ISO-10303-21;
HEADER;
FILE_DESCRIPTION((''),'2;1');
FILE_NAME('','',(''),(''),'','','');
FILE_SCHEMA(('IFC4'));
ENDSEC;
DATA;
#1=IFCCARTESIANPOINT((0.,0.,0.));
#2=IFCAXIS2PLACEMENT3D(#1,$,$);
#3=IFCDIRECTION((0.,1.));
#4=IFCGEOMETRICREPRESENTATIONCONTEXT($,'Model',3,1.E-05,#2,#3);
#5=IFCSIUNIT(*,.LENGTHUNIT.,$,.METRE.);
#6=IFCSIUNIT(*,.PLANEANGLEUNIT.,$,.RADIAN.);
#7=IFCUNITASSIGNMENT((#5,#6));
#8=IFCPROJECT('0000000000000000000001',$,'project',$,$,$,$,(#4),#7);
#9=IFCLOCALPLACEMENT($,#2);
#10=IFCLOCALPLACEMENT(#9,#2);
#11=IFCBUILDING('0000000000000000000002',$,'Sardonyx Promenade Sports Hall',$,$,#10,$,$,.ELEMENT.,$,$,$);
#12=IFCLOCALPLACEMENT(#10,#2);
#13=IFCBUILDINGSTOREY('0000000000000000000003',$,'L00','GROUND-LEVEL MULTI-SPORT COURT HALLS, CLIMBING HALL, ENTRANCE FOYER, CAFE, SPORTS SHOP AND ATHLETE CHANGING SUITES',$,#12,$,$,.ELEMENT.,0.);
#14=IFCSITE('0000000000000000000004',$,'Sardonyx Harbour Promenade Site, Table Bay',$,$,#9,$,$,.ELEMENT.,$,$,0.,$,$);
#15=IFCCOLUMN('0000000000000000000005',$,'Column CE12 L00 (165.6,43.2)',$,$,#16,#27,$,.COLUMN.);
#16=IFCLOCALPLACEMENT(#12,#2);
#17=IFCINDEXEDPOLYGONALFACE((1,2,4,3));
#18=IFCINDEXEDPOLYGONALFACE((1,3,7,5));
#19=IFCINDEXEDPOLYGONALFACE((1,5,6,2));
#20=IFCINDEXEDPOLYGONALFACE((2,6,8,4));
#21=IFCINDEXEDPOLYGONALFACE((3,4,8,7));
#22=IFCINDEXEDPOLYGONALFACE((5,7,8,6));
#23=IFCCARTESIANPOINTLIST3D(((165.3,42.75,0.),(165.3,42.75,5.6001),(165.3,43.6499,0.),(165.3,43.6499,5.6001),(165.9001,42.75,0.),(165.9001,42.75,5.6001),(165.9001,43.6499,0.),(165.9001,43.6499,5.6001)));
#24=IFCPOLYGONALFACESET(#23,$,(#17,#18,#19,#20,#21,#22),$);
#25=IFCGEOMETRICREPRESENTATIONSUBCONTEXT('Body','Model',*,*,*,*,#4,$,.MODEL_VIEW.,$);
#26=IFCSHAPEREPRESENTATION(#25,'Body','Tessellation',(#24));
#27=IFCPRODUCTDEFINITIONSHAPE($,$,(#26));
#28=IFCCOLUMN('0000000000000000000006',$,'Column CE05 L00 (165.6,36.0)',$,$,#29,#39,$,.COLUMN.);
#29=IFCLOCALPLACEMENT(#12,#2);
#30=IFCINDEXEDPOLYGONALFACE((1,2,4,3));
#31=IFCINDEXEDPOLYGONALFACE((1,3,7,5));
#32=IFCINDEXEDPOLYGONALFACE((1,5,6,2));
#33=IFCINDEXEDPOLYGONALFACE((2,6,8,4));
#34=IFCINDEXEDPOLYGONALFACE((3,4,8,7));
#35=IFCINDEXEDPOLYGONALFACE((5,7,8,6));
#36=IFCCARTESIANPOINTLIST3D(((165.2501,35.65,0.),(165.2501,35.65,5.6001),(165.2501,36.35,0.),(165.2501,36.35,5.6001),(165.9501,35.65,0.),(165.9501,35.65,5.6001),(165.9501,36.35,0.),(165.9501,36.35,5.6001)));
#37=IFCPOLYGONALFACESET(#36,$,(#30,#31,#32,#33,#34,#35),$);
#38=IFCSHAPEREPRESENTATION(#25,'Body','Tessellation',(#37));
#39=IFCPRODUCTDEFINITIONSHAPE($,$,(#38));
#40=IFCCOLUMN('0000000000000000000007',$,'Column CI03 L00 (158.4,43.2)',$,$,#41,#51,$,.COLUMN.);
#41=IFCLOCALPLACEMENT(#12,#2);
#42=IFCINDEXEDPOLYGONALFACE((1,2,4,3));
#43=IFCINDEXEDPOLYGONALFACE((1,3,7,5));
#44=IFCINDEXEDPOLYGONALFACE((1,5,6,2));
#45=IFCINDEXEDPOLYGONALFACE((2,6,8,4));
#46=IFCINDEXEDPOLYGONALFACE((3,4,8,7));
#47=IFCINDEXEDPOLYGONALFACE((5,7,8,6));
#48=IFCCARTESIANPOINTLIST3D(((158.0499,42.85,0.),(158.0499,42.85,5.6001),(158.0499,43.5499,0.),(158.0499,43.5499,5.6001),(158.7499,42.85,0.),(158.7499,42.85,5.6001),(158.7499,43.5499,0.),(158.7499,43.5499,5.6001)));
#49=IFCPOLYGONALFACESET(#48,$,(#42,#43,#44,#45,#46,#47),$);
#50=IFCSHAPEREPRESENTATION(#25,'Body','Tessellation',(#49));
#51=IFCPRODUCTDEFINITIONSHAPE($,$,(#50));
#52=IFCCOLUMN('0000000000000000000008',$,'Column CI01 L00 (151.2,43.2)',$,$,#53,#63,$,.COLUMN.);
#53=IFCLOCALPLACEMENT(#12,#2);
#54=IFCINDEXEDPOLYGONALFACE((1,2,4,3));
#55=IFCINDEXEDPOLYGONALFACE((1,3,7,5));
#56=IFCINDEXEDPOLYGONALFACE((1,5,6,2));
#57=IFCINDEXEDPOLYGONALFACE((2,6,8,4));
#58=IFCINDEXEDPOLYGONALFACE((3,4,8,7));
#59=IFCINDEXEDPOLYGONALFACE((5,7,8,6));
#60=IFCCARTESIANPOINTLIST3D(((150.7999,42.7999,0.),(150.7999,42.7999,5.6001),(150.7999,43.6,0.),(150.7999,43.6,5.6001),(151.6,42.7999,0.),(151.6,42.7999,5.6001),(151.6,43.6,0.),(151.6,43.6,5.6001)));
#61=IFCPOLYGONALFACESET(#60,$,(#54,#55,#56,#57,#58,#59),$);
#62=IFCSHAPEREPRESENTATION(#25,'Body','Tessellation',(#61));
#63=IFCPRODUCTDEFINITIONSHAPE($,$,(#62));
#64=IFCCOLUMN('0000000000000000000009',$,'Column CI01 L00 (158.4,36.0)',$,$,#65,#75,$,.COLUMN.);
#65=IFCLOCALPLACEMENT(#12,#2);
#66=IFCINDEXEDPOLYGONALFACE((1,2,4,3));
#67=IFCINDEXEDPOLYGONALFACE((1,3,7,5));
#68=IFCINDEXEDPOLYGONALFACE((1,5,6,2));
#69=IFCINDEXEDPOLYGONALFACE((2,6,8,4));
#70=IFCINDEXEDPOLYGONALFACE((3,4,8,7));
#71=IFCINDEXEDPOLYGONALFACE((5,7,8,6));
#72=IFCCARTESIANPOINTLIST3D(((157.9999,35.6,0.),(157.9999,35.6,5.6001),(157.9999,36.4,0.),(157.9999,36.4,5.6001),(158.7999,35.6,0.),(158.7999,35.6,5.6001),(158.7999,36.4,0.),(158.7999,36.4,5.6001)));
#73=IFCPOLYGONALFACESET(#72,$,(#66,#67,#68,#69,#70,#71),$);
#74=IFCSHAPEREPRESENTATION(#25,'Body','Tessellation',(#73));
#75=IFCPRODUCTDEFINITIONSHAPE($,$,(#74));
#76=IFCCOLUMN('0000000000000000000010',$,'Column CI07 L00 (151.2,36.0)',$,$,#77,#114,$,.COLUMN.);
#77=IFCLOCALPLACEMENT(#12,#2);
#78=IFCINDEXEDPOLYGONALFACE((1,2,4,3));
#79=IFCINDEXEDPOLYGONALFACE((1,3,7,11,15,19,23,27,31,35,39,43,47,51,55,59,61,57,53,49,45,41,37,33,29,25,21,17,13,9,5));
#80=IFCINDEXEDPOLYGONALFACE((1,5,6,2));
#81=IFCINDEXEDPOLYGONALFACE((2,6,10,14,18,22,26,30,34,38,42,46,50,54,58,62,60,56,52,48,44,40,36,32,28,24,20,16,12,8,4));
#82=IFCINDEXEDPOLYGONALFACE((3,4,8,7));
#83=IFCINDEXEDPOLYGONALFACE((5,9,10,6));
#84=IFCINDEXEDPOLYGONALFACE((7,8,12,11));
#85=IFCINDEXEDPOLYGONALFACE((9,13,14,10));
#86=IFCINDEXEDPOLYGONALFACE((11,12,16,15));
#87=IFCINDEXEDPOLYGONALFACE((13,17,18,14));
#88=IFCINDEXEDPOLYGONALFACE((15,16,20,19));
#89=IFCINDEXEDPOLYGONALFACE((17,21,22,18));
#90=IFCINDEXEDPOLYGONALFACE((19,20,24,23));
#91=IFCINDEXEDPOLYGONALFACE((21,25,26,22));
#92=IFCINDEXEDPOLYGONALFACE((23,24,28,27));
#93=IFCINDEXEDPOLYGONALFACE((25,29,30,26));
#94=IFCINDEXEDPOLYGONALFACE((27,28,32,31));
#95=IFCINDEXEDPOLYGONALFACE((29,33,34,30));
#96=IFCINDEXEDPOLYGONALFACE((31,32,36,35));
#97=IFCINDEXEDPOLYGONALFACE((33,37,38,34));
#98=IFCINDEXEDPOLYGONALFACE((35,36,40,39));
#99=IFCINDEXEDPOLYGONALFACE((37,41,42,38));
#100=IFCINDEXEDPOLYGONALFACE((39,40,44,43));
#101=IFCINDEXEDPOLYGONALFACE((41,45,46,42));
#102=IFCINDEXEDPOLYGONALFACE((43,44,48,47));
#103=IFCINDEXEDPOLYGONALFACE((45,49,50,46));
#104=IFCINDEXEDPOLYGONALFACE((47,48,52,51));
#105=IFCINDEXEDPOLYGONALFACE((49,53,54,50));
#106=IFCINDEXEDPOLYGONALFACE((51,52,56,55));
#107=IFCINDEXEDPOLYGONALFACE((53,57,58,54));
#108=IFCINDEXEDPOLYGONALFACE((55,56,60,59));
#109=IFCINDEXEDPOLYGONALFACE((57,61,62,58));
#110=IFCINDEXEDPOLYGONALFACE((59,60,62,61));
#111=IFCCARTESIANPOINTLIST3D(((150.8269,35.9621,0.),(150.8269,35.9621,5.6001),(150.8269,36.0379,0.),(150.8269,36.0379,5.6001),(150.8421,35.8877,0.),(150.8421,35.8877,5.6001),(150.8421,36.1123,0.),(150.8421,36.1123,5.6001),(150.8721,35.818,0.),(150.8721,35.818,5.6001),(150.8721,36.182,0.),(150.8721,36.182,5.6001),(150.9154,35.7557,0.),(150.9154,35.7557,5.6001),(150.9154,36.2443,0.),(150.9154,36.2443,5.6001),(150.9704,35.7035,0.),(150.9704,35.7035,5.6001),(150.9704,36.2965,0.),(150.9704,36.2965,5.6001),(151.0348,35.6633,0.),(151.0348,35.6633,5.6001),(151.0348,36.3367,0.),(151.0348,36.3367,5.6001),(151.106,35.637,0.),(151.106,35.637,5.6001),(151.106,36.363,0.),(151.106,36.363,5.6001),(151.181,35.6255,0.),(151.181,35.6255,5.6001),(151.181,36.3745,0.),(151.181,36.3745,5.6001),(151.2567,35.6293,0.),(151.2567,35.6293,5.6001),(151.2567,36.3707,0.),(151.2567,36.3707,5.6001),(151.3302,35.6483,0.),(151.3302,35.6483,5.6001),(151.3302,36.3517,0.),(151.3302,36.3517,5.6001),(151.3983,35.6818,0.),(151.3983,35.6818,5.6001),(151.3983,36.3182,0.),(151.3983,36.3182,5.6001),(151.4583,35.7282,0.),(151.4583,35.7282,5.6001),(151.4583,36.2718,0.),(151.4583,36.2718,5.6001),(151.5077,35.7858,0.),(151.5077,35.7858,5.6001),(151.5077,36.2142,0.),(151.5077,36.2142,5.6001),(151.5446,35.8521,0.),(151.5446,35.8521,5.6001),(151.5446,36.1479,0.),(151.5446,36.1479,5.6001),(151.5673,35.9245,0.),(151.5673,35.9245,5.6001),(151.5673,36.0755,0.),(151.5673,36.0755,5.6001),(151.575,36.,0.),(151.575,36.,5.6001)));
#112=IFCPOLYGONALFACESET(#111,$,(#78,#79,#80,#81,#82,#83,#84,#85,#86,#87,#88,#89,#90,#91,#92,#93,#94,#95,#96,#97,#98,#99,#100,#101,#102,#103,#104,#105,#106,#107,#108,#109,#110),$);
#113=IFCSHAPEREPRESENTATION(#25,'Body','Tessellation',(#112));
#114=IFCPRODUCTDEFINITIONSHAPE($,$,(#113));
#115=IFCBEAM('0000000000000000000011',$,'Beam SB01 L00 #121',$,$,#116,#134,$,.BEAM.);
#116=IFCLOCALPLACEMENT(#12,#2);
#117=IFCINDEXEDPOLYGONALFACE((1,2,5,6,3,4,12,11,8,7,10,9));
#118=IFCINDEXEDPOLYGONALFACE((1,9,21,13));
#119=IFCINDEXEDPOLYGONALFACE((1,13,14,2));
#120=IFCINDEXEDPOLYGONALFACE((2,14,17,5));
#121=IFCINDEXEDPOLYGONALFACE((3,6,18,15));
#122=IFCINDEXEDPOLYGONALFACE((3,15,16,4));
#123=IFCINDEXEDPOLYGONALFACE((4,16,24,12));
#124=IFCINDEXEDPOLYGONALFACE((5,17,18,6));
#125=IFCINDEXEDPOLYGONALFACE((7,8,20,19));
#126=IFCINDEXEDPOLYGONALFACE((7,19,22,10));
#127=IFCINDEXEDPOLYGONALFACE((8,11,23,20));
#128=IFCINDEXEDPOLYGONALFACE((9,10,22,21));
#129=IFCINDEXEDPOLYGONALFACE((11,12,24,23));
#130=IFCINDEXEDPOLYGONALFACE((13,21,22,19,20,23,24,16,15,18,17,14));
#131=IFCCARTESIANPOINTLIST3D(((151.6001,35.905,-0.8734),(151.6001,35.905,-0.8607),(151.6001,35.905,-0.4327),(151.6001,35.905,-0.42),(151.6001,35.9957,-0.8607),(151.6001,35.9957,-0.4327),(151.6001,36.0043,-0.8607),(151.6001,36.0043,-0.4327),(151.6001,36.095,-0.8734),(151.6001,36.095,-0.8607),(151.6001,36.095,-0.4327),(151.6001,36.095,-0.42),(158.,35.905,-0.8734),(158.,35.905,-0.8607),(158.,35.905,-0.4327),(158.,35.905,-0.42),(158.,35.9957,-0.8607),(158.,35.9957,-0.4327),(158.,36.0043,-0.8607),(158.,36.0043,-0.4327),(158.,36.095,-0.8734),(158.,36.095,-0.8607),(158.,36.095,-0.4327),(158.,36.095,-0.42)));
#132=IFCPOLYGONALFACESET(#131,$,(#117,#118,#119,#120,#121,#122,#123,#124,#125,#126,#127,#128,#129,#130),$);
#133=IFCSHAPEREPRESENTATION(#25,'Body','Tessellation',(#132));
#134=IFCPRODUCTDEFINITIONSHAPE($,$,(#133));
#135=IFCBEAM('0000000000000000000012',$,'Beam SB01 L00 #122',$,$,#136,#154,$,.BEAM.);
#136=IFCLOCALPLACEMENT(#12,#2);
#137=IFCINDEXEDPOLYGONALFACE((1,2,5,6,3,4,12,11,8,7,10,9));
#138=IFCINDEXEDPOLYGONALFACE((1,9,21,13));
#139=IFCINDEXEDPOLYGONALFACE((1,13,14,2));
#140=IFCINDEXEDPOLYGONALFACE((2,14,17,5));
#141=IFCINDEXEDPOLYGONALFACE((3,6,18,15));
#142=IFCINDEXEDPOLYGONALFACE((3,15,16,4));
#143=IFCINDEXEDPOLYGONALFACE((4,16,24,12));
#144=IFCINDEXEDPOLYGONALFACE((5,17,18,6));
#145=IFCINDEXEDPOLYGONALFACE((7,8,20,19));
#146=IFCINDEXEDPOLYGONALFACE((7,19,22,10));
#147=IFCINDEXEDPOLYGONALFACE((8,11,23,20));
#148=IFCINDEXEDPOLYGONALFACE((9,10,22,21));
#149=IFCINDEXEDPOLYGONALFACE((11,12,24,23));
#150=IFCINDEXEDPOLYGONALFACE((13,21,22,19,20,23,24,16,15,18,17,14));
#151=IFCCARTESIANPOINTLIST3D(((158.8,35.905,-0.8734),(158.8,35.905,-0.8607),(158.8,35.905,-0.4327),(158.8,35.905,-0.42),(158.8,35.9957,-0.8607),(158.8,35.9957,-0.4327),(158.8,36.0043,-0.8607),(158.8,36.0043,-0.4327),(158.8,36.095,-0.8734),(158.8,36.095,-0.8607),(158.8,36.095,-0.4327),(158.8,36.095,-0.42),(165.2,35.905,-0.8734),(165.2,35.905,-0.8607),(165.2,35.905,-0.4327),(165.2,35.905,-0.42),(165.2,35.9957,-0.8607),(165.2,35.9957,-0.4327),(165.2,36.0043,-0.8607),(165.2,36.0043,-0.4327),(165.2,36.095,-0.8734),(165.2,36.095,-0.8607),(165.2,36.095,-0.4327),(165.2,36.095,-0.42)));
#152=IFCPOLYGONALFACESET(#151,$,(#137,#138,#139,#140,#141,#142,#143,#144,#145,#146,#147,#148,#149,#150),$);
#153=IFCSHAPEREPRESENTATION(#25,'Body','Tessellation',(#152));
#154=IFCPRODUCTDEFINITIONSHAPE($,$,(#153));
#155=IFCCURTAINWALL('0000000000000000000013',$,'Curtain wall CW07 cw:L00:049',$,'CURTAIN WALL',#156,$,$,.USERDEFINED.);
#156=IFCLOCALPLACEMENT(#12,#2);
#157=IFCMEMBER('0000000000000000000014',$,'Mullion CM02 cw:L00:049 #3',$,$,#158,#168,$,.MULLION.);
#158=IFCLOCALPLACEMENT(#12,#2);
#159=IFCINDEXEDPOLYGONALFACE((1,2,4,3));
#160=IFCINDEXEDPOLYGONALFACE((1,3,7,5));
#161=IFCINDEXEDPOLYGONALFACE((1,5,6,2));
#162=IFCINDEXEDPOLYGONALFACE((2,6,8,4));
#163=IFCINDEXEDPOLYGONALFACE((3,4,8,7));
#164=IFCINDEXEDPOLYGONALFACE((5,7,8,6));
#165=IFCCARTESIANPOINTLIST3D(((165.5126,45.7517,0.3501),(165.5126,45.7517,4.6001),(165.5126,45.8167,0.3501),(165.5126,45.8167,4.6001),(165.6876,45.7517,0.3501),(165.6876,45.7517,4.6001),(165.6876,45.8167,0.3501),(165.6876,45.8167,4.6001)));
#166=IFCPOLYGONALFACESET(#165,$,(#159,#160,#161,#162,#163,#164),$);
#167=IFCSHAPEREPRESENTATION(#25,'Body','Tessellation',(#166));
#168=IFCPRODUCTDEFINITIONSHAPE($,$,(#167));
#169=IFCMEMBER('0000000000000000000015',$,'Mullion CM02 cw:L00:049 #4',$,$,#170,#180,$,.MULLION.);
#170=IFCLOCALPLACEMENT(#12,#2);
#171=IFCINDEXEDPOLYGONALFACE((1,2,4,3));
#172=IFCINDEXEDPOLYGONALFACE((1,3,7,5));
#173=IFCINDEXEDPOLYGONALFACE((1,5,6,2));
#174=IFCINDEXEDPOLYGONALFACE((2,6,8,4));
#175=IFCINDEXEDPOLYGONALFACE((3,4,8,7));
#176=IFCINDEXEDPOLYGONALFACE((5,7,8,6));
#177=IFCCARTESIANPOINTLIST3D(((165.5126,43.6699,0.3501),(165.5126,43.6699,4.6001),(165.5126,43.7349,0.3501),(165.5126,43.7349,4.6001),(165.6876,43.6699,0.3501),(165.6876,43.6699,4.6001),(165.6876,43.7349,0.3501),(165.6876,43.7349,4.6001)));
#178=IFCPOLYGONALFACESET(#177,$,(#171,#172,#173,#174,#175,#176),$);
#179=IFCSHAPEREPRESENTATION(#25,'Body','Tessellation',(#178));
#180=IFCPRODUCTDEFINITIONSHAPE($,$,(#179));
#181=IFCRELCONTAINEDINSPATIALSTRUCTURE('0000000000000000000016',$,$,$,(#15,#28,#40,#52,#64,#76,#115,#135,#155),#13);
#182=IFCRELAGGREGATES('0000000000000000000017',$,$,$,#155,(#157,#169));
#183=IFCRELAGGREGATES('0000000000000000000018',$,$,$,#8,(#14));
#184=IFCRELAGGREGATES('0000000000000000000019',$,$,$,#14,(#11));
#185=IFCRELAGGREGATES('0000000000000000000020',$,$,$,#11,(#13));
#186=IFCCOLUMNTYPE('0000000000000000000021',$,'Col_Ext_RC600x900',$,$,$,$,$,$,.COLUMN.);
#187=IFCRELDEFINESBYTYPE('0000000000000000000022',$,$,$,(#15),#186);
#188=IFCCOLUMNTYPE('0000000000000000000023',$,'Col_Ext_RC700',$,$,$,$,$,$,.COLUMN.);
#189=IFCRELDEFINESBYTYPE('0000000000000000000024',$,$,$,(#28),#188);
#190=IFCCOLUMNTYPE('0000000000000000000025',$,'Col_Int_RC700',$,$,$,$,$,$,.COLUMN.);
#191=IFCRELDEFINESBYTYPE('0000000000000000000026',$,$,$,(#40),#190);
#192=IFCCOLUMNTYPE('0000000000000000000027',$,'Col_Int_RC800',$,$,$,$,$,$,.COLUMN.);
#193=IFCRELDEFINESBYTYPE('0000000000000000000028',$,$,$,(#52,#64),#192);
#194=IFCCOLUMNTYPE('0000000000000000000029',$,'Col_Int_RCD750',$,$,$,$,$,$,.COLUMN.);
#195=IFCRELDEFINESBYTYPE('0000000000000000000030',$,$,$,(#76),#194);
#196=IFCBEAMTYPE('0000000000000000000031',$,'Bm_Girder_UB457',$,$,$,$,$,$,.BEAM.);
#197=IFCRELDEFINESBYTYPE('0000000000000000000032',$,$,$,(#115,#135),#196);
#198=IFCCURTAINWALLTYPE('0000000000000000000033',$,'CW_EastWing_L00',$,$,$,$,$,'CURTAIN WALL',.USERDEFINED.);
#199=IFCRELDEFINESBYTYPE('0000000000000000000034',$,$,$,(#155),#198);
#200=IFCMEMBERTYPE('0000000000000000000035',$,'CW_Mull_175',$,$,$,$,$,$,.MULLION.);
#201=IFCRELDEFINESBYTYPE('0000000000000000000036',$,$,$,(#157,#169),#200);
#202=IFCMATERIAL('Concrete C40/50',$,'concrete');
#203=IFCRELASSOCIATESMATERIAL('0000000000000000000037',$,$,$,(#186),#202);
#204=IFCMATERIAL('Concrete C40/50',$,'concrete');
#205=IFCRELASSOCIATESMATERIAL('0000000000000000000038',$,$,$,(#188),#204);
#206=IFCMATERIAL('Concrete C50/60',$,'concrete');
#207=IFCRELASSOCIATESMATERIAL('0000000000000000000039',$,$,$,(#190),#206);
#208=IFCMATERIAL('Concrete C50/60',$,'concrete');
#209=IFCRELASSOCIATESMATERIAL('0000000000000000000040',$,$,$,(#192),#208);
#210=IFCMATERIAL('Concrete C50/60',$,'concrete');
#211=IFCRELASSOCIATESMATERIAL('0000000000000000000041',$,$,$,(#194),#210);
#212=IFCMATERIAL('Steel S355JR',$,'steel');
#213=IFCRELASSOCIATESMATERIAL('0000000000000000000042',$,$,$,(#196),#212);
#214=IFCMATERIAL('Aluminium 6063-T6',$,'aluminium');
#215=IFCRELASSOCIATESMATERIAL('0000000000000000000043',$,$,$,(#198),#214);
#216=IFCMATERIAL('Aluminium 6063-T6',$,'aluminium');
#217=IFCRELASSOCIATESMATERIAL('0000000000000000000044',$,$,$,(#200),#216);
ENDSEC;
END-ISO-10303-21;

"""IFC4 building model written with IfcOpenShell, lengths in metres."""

from ifc_helpers import new_model, si_unit, direction, frame, origin, origin_2d, place, context, subcontext, project, spatial, rectangle, circle, i_section, extrude, material, material_profile, profile_set, type_object, element, aggregate, save


model = new_model("IFC4")

# Units and contexts
model_context = context("Model", 3, precision=1e-05, world=origin(), true_north=direction((0.0, 1.0)))
body_context = subcontext(model_context, "Body", "Model", "MODEL_VIEW")
ifc_project = project(units=[si_unit("LENGTHUNIT", "METRE"), si_unit("PLANEANGLEUNIT", "RADIAN")], contexts=[model_context])

# Site, building, storey
site_placement = place(None, origin())
site = spatial("IfcSite", under=ifc_project, at=site_placement, Name="Sardonyx Harbour Promenade Site, Table Bay", CompositionType="ELEMENT", RefElevation=0.0)
building_placement = place(site_placement, origin())
building = spatial("IfcBuilding", under=site, at=building_placement, Name="Sardonyx Promenade Sports Hall", CompositionType="ELEMENT")
storey_placement = place(building_placement, origin())
storey = spatial("IfcBuildingStorey", under=building, at=storey_placement, Name="L00", Description="GROUND-LEVEL MULTI-SPORT COURT HALLS, CLIMBING HALL, ENTRANCE FOYER, CAFE, SPORTS SHOP AND ATHLETE CHANGING SUITES", CompositionType="ELEMENT", Elevation=0.0)

# Columns
ifc_material_1 = material(Name="Concrete C40/50", Category="concrete")
ifc_material_profile_1 = material_profile(ifc_material_1, rectangle(XDim=0.6001, YDim=0.8999, at=origin_2d()))
ifc_profile_set_1 = profile_set([ifc_material_profile_1], Name="Concrete C40/50")
column_type_1 = type_object("IfcColumnType", Name="Col_Ext_RC600x900", PredefinedType="COLUMN", material=ifc_profile_set_1)
column_1_placement = place(storey_placement, frame((165.6001, 43.2, 0.0), z_axis=(0.0, 0.0, 1.0), x_axis=(1.0, 0.0, 0.0)))
element("IfcColumn", 1, at=column_1_placement, inside=storey, type_object=column_type_1, Name="Column CE12 L00 (165.6,43.2)", PredefinedType="COLUMN", context=body_context, shape_type="SweptSolid", body=[
    extrude(rectangle(XDim=0.6001, YDim=0.8999, at=origin_2d()), origin(), (0.0, 0.0, 1.0), 5.6001),
])
ifc_material_2 = material(Name="Concrete C40/50", Category="concrete")
ifc_material_profile_2 = material_profile(ifc_material_2, rectangle(XDim=0.7, YDim=0.7, at=origin_2d()))
ifc_profile_set_2 = profile_set([ifc_material_profile_2], Name="Concrete C40/50")
column_type_2 = type_object("IfcColumnType", Name="Col_Ext_RC700", PredefinedType="COLUMN", material=ifc_profile_set_2)
column_2_placement = place(storey_placement, frame((165.6001, 36.0, 0.0), z_axis=(0.0, 0.0, 1.0), x_axis=(1.0, 0.0, 0.0)))
element("IfcColumn", 2, at=column_2_placement, inside=storey, type_object=column_type_2, Name="Column CE05 L00 (165.6,36.0)", PredefinedType="COLUMN", context=body_context, shape_type="SweptSolid", body=[
    extrude(rectangle(XDim=0.7, YDim=0.7, at=origin_2d()), origin(), (0.0, 0.0, 1.0), 5.6001),
])
ifc_material_3 = material(Name="Concrete C50/60", Category="concrete")
ifc_material_profile_3 = material_profile(ifc_material_3, rectangle(XDim=0.7, YDim=0.7, at=origin_2d()))
ifc_profile_set_3 = profile_set([ifc_material_profile_3], Name="Concrete C50/60")
column_type_3 = type_object("IfcColumnType", Name="Col_Int_RC700", PredefinedType="COLUMN", material=ifc_profile_set_3)
column_3_placement = place(storey_placement, frame((158.3999, 43.2, 0.0), z_axis=(0.0, 0.0, 1.0), x_axis=(1.0, 0.0, 0.0)))
element("IfcColumn", 3, at=column_3_placement, inside=storey, type_object=column_type_3, Name="Column CI03 L00 (158.4,43.2)", PredefinedType="COLUMN", context=body_context, shape_type="SweptSolid", body=[
    extrude(rectangle(XDim=0.7, YDim=0.7, at=origin_2d()), origin(), (0.0, 0.0, 1.0), 5.6001),
])
ifc_material_4 = material(Name="Concrete C50/60", Category="concrete")
ifc_material_profile_4 = material_profile(ifc_material_4, rectangle(XDim=0.8, YDim=0.8, at=origin_2d()))
ifc_profile_set_4 = profile_set([ifc_material_profile_4], Name="Concrete C50/60")
column_type_4 = type_object("IfcColumnType", Name="Col_Int_RC800", PredefinedType="COLUMN", material=ifc_profile_set_4)
for number, where, z_axis, x_axis, name in (
    (4, (151.2, 43.2, 0.0), (0.0, 0.0, 1.0), (1.0, 0.0, 0.0), "Column CI01 L00 (151.2,43.2)"),
    (5, (158.3999, 36.0, 0.0), (0.0, 0.0, 1.0), (1.0, 0.0, 0.0), "Column CI01 L00 (158.4,36.0)"),
):
    element("IfcColumn", number, at=place(storey_placement, frame(where, z_axis=z_axis, x_axis=x_axis)), inside=storey, type_object=column_type_4, Name=name, PredefinedType="COLUMN", context=body_context, shape_type="SweptSolid", body=[
        extrude(rectangle(XDim=0.8, YDim=0.8, at=origin_2d()), origin(), (0.0, 0.0, 1.0), 5.6001),
    ])
ifc_material_5 = material(Name="Concrete C50/60", Category="concrete")
ifc_material_profile_5 = material_profile(ifc_material_5, circle(Radius=0.375, at=origin_2d()))
ifc_profile_set_5 = profile_set([ifc_material_profile_5], Name="Concrete C50/60")
column_type_5 = type_object("IfcColumnType", Name="Col_Int_RCD750", PredefinedType="COLUMN", material=ifc_profile_set_5)
column_4_placement = place(storey_placement, frame((151.2, 36.0, 0.0), z_axis=(0.0, 0.0, 1.0), x_axis=(1.0, 0.0, 0.0)))
element("IfcColumn", 6, at=column_4_placement, inside=storey, type_object=column_type_5, Name="Column CI07 L00 (151.2,36.0)", PredefinedType="COLUMN", context=body_context, shape_type="SweptSolid", body=[
    extrude(circle(Radius=0.375, at=origin_2d()), origin(), (0.0, 0.0, 1.0), 5.6001),
])

# Beams
ifc_material_6 = material(Name="Steel S355JR", Category="steel")
ifc_material_profile_6 = material_profile(ifc_material_6, i_section(OverallWidth=0.1899, OverallDepth=0.4534, WebThickness=0.0085, FlangeThickness=0.0127, at=origin_2d()))
ifc_profile_set_6 = profile_set([ifc_material_profile_6], Name="Steel S355JR")
beam_type = type_object("IfcBeamType", Name="Bm_Girder_UB457", PredefinedType="BEAM", material=ifc_profile_set_6)
for number, where, z_axis, x_axis, name in (
    (7, (151.6001, 36.0, -0.6467), (1.0, 0.0, 0.0), (0.0, 1.0, 0.0), "Beam SB01 L00 #121"),
    (8, (158.8, 36.0, -0.6467), (1.0, 0.0, 0.0), (0.0, 1.0, 0.0), "Beam SB01 L00 #122"),
):
    element("IfcBeam", number, at=place(storey_placement, frame(where, z_axis=z_axis, x_axis=x_axis)), inside=storey, type_object=beam_type, Name=name, PredefinedType="BEAM", context=body_context, shape_type="SweptSolid", body=[
        extrude(i_section(OverallWidth=0.1899, OverallDepth=0.4534, WebThickness=0.0085, FlangeThickness=0.0127, at=origin_2d()), origin(), (0.0, 0.0, 1.0), 6.3999),
    ])

# Curtain wall, members
ifc_material_7 = material(Name="Aluminium 6063-T6", Category="aluminium")
curtain_wall_type = type_object("IfcCurtainWallType", Name="CW_EastWing_L00", ElementType="CURTAIN WALL", PredefinedType="USERDEFINED", material=ifc_material_7)
curtain_wall_1_placement = place(storey_placement, origin())
curtain_wall_1 = element("IfcCurtainWall", 9, at=curtain_wall_1_placement, inside=storey, type_object=curtain_wall_type, Name="Curtain wall CW07 cw:L00:049", ObjectType="CURTAIN WALL", PredefinedType="USERDEFINED")
ifc_material_8 = material(Name="Aluminium 6063-T6", Category="aluminium")
ifc_material_profile_7 = material_profile(ifc_material_8, rectangle(XDim=0.0649, YDim=0.175, at=origin_2d()))
ifc_profile_set_7 = profile_set([ifc_material_profile_7], Name="Aluminium 6063-T6")
member_type_1 = type_object("IfcMemberType", Name="CW_Mull_175", PredefinedType="MULLION", material=ifc_profile_set_7)
member_1_placement = place(storey_placement, frame((165.6001, 45.7842, 0.3501), z_axis=(0.0, 0.0, 1.0), x_axis=(0.0, -1.0, 0.0)))
member_1 = element("IfcMember", 10, at=member_1_placement, type_object=member_type_1, Name="Mullion CM02 cw:L00:049 #3", PredefinedType="MULLION", context=body_context, shape_type="SweptSolid", body=[
    extrude(rectangle(XDim=0.0649, YDim=0.175, at=origin_2d()), origin(), (0.0, 0.0, 1.0), 4.25),
])
member_2_placement = place(storey_placement, frame((165.6001, 43.7024, 0.3501), z_axis=(0.0, 0.0, 1.0), x_axis=(0.0, -1.0, 0.0)))
member_2 = element("IfcMember", 11, at=member_2_placement, type_object=member_type_1, Name="Mullion CM02 cw:L00:049 #4", PredefinedType="MULLION", context=body_context, shape_type="SweptSolid", body=[
    extrude(rectangle(XDim=0.0649, YDim=0.175, at=origin_2d()), origin(), (0.0, 0.0, 1.0), 4.25),
])

aggregate(curtain_wall_1, [member_1, member_2])

save(model, "model.ifc")
